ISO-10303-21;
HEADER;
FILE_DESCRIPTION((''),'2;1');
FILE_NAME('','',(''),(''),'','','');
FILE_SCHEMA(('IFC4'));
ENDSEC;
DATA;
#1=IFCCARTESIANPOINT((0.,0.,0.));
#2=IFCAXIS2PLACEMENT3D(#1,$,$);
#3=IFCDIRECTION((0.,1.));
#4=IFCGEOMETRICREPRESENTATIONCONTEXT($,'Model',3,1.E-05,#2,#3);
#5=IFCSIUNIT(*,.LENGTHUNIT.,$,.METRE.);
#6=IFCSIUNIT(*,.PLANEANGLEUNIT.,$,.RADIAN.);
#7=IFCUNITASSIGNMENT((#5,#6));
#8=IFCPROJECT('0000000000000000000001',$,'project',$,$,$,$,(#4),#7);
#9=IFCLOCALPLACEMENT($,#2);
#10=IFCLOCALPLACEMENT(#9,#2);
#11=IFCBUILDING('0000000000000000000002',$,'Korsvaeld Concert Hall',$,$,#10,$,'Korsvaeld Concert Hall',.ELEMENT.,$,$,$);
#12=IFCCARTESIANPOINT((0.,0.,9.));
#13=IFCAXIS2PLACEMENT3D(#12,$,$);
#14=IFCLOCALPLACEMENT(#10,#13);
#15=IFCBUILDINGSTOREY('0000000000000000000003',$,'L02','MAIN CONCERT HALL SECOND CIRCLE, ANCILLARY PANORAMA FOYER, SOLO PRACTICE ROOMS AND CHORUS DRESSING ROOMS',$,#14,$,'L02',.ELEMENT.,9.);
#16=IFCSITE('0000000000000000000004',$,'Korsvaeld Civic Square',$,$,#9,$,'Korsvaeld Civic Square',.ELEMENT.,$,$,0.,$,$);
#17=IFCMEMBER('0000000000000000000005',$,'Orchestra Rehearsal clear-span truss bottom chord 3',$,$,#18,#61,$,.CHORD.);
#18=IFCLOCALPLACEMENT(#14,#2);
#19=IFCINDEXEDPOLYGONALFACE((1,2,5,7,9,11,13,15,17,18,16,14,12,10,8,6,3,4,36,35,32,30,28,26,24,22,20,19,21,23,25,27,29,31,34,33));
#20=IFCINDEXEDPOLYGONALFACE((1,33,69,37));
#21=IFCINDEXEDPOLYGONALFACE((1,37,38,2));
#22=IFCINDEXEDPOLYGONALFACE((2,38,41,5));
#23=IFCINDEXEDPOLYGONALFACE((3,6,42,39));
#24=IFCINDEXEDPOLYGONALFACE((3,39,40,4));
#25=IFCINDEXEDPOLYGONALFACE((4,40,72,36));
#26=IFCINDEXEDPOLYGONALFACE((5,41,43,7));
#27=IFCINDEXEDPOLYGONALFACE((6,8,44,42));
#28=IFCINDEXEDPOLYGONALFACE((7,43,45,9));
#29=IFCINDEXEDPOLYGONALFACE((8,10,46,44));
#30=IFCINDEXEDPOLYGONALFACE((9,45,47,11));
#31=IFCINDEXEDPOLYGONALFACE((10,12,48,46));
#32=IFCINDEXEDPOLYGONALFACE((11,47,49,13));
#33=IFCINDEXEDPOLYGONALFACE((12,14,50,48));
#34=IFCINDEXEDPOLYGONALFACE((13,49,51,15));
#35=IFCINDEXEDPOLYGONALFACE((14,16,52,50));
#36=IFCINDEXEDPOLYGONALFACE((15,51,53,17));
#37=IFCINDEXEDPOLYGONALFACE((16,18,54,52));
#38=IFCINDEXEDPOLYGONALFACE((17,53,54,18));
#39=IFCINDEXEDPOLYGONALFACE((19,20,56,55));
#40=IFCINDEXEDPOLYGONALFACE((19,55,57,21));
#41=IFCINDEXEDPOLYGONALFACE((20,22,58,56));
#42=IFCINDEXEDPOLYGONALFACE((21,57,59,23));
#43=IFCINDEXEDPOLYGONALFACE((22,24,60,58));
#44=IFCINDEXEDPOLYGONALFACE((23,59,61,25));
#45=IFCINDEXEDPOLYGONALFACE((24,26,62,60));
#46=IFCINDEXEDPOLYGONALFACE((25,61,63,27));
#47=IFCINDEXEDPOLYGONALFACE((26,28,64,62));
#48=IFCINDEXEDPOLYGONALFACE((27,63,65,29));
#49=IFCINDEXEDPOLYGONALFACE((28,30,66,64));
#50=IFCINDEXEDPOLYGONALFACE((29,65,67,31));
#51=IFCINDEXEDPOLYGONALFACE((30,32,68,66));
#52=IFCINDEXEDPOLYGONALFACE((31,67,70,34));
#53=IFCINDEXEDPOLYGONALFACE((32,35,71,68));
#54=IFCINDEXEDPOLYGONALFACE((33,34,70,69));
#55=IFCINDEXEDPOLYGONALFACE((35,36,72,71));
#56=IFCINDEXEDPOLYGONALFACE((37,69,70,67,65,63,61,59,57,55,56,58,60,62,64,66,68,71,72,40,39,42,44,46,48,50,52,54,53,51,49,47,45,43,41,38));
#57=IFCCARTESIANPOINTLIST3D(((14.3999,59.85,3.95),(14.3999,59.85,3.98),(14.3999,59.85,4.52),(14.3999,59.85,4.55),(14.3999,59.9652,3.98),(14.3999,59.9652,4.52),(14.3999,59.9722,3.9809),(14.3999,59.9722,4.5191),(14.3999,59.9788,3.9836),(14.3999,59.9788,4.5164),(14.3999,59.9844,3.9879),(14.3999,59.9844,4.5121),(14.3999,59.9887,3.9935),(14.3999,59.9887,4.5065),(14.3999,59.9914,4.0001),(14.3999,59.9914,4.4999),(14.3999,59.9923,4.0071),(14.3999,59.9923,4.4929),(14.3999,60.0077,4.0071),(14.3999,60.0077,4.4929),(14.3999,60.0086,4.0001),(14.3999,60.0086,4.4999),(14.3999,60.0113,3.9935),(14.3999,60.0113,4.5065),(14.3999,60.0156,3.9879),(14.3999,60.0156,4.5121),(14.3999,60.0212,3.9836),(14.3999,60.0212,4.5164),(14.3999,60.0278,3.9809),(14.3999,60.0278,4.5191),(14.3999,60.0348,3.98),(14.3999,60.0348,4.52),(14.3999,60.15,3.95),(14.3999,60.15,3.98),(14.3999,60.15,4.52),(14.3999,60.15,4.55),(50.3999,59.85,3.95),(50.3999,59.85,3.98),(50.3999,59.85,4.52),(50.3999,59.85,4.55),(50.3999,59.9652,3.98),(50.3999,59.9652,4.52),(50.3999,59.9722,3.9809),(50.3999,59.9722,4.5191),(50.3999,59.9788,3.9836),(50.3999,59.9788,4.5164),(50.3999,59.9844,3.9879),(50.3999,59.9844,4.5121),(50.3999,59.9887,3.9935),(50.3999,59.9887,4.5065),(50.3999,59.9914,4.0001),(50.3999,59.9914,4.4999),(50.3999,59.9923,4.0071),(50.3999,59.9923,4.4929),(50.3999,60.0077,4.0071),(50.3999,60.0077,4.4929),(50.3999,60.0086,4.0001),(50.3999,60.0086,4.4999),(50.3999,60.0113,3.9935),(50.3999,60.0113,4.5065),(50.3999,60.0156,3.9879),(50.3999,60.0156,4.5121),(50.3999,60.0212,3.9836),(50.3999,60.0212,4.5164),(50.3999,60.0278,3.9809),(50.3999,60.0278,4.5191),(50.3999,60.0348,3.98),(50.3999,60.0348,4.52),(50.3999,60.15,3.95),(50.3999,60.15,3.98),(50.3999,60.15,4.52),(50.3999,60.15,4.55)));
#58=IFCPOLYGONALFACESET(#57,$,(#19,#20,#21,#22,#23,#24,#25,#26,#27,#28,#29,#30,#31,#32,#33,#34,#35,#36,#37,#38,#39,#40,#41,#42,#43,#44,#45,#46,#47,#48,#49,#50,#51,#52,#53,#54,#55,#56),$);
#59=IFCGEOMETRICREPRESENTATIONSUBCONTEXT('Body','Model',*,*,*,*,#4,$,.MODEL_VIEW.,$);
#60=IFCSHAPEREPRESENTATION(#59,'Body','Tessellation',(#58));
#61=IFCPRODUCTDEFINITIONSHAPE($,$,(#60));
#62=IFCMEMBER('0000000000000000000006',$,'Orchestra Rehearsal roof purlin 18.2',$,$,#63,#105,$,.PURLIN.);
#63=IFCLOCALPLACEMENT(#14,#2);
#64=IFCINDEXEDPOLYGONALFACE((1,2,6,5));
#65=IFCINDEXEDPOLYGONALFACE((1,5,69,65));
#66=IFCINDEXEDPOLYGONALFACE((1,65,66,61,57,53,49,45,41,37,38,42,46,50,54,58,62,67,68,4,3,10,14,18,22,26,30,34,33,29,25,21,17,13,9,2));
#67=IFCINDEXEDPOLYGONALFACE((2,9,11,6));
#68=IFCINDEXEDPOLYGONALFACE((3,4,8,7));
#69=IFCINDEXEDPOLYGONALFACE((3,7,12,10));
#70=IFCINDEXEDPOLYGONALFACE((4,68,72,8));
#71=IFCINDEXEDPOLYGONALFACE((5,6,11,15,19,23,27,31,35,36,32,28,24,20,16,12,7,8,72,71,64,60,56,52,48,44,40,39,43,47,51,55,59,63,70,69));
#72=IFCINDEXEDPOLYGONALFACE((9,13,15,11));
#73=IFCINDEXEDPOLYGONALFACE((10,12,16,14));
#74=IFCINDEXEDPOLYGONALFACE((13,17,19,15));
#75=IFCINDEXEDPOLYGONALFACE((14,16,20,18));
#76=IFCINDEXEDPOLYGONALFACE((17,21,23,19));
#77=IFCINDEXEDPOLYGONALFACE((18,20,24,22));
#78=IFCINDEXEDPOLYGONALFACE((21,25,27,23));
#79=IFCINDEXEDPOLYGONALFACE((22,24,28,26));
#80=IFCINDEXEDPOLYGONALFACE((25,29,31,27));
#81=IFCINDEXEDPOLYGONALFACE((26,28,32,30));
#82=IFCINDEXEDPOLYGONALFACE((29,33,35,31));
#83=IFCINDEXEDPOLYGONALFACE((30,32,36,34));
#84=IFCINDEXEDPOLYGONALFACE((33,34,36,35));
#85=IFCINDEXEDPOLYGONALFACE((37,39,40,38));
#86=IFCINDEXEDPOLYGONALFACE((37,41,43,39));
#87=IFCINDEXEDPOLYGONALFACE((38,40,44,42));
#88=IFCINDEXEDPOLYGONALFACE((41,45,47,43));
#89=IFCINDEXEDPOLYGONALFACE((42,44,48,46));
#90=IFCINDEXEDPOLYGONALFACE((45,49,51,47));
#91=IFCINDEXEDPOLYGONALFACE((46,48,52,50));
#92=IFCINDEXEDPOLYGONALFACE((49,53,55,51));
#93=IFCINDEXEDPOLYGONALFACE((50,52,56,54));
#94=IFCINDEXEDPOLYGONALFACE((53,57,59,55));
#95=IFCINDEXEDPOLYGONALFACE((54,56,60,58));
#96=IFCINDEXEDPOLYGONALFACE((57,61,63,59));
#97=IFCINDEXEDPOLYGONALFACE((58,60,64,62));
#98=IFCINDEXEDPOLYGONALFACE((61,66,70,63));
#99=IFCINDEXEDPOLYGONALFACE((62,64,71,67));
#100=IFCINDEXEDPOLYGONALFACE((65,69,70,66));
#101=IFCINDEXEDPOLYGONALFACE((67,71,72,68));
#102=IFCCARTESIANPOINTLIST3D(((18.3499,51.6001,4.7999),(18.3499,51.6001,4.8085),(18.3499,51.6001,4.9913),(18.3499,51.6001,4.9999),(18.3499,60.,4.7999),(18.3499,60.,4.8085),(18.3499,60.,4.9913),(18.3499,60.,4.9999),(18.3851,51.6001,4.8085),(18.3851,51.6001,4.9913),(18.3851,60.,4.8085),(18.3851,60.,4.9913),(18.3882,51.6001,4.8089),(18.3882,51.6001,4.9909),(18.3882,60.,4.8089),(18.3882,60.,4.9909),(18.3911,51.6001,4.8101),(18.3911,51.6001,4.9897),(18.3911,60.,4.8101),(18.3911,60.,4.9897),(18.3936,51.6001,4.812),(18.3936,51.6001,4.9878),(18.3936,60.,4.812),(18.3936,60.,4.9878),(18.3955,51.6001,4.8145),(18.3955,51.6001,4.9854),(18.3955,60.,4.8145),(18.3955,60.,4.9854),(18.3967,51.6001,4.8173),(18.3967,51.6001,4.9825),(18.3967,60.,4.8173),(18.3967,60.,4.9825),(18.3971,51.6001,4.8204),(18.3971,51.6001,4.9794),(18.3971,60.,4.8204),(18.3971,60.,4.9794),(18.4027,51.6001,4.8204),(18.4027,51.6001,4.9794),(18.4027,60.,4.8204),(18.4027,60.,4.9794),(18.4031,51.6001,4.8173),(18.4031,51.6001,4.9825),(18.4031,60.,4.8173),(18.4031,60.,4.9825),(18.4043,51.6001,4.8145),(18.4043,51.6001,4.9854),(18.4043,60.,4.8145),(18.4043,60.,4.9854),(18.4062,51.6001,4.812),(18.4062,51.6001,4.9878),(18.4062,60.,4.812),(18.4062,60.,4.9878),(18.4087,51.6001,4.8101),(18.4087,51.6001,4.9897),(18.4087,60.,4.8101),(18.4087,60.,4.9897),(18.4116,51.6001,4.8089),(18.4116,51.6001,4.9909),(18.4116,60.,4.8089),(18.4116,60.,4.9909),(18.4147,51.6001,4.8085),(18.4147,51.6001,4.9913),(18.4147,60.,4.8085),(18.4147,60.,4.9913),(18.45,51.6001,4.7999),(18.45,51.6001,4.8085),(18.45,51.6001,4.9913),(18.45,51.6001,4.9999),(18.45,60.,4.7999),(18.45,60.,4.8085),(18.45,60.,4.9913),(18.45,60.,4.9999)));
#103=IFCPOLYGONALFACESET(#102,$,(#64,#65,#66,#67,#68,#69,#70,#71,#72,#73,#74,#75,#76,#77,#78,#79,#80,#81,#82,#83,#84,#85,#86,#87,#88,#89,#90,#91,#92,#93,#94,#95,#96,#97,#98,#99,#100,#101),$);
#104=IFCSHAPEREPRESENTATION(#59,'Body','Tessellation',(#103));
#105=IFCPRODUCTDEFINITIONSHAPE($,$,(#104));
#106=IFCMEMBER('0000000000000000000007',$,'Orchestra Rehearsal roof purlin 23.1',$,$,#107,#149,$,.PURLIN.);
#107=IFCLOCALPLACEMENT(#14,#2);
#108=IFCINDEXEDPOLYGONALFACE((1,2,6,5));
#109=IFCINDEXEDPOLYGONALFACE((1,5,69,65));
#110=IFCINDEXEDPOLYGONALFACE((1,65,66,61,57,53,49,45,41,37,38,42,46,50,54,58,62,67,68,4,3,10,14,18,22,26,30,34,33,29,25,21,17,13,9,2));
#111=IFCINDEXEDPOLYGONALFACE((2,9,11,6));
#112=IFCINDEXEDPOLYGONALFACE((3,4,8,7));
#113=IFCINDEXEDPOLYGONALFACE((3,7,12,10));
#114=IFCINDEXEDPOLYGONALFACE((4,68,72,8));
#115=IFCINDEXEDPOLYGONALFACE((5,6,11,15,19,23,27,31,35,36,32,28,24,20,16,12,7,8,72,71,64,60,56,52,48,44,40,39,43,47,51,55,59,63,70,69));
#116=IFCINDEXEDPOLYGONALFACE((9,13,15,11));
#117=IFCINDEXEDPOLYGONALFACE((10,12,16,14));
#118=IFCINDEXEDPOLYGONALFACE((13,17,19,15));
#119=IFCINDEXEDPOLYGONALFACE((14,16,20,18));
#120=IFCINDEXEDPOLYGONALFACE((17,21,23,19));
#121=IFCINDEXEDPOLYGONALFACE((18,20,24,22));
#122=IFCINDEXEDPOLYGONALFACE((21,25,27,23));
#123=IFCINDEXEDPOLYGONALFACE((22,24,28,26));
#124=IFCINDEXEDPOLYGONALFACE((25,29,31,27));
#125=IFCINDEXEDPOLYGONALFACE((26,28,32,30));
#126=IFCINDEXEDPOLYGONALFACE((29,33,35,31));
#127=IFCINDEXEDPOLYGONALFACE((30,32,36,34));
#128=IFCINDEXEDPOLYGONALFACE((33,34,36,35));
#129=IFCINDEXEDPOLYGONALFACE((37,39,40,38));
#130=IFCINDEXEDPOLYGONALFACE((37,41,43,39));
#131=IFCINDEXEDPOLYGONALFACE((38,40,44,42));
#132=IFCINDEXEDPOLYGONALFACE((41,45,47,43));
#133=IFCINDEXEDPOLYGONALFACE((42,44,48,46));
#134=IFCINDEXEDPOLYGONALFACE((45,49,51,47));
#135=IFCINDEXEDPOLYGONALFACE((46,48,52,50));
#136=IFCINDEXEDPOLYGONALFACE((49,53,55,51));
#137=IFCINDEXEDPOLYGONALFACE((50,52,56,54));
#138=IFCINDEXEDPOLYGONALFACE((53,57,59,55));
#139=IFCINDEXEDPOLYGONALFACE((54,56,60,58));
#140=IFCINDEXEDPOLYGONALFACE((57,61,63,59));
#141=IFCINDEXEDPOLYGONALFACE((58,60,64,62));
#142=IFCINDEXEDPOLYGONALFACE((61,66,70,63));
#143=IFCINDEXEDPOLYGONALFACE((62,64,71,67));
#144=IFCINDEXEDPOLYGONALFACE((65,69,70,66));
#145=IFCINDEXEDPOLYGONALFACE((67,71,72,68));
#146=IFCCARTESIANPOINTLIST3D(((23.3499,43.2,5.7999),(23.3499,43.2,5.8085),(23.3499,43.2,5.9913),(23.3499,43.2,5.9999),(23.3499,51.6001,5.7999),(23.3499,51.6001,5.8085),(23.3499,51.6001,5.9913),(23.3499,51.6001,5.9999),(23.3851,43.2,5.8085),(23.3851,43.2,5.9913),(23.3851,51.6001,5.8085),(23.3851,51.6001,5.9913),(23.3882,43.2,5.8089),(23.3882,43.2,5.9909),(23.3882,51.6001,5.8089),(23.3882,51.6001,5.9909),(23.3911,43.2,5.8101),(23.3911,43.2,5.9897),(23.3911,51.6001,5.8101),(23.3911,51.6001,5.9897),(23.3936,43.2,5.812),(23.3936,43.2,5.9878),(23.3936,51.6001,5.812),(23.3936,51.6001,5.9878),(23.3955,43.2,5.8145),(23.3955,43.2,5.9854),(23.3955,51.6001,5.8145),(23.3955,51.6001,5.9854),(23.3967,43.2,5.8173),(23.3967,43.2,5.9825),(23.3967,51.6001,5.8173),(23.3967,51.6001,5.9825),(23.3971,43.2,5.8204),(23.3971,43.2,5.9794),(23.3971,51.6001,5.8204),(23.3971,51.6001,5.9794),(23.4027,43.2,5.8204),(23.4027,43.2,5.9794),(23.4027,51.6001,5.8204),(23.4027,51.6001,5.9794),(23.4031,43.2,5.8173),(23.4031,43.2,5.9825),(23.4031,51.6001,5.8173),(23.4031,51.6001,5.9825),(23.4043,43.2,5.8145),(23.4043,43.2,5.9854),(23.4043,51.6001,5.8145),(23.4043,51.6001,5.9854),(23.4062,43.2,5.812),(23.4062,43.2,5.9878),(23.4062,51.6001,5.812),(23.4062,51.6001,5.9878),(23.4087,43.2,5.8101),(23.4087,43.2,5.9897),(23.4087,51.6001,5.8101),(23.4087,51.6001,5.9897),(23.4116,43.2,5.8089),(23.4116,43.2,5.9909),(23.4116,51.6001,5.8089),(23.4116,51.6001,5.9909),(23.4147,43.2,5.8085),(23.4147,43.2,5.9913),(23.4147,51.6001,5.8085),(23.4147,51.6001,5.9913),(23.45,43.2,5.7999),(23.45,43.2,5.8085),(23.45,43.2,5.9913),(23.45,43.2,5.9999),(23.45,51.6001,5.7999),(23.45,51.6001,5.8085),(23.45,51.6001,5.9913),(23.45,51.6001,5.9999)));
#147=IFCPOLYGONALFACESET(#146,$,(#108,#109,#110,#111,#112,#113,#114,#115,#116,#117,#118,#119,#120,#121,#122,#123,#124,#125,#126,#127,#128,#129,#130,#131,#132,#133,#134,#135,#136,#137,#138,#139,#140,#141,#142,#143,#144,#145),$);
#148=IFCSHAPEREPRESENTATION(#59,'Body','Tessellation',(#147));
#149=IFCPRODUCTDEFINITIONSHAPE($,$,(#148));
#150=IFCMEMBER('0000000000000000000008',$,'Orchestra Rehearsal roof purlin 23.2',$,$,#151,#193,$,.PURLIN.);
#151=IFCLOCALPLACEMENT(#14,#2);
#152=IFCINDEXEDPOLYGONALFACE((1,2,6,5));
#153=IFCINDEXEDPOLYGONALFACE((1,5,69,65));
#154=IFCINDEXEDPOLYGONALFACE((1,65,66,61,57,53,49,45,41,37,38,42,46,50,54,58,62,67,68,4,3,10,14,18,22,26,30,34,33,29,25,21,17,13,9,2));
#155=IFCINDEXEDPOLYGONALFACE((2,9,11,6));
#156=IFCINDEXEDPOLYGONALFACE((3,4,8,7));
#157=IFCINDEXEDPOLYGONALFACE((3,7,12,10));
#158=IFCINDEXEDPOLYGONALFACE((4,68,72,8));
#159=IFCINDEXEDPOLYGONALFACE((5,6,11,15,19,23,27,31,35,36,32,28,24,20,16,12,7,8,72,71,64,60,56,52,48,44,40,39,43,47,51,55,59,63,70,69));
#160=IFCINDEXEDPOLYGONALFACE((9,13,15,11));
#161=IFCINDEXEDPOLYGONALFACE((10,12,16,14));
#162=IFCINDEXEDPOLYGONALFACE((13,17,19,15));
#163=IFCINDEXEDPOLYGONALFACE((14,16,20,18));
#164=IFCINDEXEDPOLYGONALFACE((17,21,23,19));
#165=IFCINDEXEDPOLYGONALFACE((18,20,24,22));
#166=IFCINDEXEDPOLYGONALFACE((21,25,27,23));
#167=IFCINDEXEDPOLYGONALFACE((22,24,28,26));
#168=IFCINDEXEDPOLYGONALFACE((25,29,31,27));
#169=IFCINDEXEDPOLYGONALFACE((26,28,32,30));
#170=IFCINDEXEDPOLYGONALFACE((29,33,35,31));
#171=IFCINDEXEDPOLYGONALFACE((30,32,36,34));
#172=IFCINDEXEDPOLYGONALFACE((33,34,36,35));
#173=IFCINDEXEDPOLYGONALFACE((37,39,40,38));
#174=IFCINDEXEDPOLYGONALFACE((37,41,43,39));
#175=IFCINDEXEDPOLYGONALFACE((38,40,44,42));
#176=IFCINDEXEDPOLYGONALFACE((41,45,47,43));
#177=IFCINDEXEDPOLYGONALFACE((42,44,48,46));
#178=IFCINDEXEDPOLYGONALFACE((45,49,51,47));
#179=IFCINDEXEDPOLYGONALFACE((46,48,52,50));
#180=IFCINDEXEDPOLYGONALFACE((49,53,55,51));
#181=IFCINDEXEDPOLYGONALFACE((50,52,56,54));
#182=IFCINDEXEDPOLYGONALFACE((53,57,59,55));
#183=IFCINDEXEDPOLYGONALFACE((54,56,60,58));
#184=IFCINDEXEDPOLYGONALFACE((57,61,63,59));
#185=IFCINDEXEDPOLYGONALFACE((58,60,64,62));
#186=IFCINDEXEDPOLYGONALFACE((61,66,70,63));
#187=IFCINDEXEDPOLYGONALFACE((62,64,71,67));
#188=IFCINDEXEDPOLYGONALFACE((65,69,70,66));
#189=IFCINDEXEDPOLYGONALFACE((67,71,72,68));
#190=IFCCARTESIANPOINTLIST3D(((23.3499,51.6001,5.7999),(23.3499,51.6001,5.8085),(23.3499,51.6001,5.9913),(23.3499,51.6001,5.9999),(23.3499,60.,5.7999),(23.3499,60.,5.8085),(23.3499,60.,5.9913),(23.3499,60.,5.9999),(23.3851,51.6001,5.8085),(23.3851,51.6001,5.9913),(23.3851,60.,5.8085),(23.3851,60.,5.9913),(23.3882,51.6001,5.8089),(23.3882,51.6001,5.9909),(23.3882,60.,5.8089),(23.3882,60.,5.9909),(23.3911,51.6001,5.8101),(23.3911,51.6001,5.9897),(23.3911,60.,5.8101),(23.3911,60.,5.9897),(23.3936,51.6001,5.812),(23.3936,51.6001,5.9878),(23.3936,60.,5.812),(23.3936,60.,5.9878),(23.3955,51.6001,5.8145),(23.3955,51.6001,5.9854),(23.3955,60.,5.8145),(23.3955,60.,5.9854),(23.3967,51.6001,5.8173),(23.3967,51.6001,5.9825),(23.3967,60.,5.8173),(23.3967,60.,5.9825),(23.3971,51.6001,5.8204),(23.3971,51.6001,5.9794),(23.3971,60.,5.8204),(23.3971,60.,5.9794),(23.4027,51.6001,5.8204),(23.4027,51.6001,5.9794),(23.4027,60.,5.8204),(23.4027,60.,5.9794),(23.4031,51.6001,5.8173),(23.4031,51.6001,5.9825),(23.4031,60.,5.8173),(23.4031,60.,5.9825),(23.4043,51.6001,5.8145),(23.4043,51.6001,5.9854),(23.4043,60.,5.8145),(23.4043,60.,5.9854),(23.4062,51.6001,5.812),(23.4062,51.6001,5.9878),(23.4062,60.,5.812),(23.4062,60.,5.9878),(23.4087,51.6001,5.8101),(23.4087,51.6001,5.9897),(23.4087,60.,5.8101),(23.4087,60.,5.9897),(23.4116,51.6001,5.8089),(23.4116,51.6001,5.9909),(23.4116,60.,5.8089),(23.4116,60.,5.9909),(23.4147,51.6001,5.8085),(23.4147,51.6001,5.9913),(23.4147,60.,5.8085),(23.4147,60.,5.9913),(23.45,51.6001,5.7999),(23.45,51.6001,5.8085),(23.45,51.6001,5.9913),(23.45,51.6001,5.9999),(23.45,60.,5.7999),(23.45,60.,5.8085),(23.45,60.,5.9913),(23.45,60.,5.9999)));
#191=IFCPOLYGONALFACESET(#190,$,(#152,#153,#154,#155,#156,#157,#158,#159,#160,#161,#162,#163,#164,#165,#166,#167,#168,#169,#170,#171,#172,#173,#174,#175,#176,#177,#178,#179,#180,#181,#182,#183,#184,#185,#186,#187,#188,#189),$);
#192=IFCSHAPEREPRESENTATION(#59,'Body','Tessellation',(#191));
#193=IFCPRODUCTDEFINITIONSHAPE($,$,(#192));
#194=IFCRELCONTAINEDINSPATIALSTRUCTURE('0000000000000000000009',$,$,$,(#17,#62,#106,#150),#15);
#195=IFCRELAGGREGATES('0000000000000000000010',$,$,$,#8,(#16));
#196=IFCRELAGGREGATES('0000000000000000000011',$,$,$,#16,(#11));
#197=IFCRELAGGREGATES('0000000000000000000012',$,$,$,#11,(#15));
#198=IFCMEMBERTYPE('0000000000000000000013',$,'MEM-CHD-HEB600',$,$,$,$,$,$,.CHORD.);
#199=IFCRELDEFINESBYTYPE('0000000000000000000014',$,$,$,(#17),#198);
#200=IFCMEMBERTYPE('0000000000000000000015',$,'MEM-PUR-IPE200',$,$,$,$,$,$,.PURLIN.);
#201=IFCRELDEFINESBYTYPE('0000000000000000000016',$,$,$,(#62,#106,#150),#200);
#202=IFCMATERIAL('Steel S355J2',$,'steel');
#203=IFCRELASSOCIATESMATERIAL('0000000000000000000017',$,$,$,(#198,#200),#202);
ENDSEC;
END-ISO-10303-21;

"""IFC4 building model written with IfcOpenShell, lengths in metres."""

from ifc_helpers import new_model, si_unit, direction, frame, origin, origin_2d, place, context, subcontext, project, spatial, i_section, extrude, material, material_profile, profile_set, type_object, element, save


model = new_model("IFC4")

# Units and contexts
model_context = context("Model", 3, precision=1e-05, world=origin(), true_north=direction((0.0, 1.0)))
body_context = subcontext(model_context, "Body", "Model", "MODEL_VIEW")
ifc_project = project(units=[si_unit("LENGTHUNIT", "METRE"), si_unit("PLANEANGLEUNIT", "RADIAN")], contexts=[model_context])

# Site, building, storey
site_placement = place(None, origin())
site = spatial("IfcSite", under=ifc_project, at=site_placement, Name="Korsvaeld Civic Square", LongName="Korsvaeld Civic Square", CompositionType="ELEMENT", RefElevation=0.0)
building_placement = place(site_placement, origin())
building = spatial("IfcBuilding", under=site, at=building_placement, Name="Korsvaeld Concert Hall", LongName="Korsvaeld Concert Hall", CompositionType="ELEMENT")
storey_placement = place(building_placement, frame((0.0, 0.0, 9.0)))
storey = spatial("IfcBuildingStorey", under=building, at=storey_placement, Name="L02", Description="MAIN CONCERT HALL SECOND CIRCLE, ANCILLARY PANORAMA FOYER, SOLO PRACTICE ROOMS AND CHORUS DRESSING ROOMS", LongName="L02", CompositionType="ELEMENT", Elevation=9.0)

# Members
ifc_material_1 = material(Name="Steel S355J2", Category="steel")
ifc_material_profile_1 = material_profile(ifc_material_1, i_section(OverallWidth=0.3, OverallDepth=0.6001, WebThickness=0.0154, FlangeThickness=0.03, FilletRadius=0.0271, at=origin_2d()), Name="HEB 600")
ifc_profile_set_1 = profile_set([ifc_material_profile_1], Name="Steel S355J2")
member_type_1 = type_object("IfcMemberType", Name="MEM-CHD-HEB600", PredefinedType="CHORD", material=ifc_profile_set_1)
for number, where, z_axis, x_axis, name in (
    (1, (14.3999, 60.0, 4.25), (1.0, 0.0, 0.0), (0.0, 1.0, 0.0), "Orchestra Rehearsal clear-span truss bottom chord 3"),
):
    element("IfcMember", number, at=place(storey_placement, frame(where, z_axis=z_axis, x_axis=x_axis)), inside=storey, type_object=member_type_1, Name=name, PredefinedType="CHORD", context=body_context, shape_type="SweptSolid", body=[
        extrude(i_section(OverallWidth=0.3, OverallDepth=0.6001, WebThickness=0.0154, FlangeThickness=0.03, FilletRadius=0.0271, at=origin_2d()), origin(), (0.0, 0.0, 1.0), 36.0),
    ])
ifc_material_profile_2 = material_profile(ifc_material_1, i_section(OverallWidth=0.1001, OverallDepth=0.2, WebThickness=0.0056, FlangeThickness=0.0085, FilletRadius=0.012, at=origin_2d()), Name="IPE 200")
ifc_profile_set_2 = profile_set([ifc_material_profile_2], Name="Steel S355J2")
member_type_2 = type_object("IfcMemberType", Name="MEM-PUR-IPE200", PredefinedType="PURLIN", material=ifc_profile_set_2)
member_1_placement = place(storey_placement, frame((18.3999, 51.6001, 4.8999), z_axis=(0.0, 1.0, 0.0), x_axis=(-1.0, 0.0, 0.0)))
element("IfcMember", 2, at=member_1_placement, inside=storey, type_object=member_type_2, Name="Orchestra Rehearsal roof purlin 18.2", PredefinedType="PURLIN", context=body_context, shape_type="SweptSolid", body=[
    extrude(i_section(OverallWidth=0.1001, OverallDepth=0.2, WebThickness=0.0056, FlangeThickness=0.0085, FilletRadius=0.012, at=origin_2d()), origin(), (0.0, 0.0, 1.0), 8.3999),
])
member_2_placement = place(storey_placement, frame((23.3999, 43.2, 5.8999), z_axis=(0.0, 1.0, 0.0), x_axis=(-1.0, 0.0, 0.0)))
element("IfcMember", 3, at=member_2_placement, inside=storey, type_object=member_type_2, Name="Orchestra Rehearsal roof purlin 23.1", PredefinedType="PURLIN", context=body_context, shape_type="SweptSolid", body=[
    extrude(i_section(OverallWidth=0.1001, OverallDepth=0.2, WebThickness=0.0056, FlangeThickness=0.0085, FilletRadius=0.012, at=origin_2d()), origin(), (0.0, 0.0, 1.0), 8.4001),
])
member_3_placement = place(storey_placement, frame((23.3999, 51.6001, 5.8999), z_axis=(0.0, 1.0, 0.0), x_axis=(-1.0, 0.0, 0.0)))
element("IfcMember", 4, at=member_3_placement, inside=storey, type_object=member_type_2, Name="Orchestra Rehearsal roof purlin 23.2", PredefinedType="PURLIN", context=body_context, shape_type="SweptSolid", body=[
    extrude(i_section(OverallWidth=0.1001, OverallDepth=0.2, WebThickness=0.0056, FlangeThickness=0.0085, FilletRadius=0.012, at=origin_2d()), origin(), (0.0, 0.0, 1.0), 8.3999),
])

save(model, "model.ifc")
